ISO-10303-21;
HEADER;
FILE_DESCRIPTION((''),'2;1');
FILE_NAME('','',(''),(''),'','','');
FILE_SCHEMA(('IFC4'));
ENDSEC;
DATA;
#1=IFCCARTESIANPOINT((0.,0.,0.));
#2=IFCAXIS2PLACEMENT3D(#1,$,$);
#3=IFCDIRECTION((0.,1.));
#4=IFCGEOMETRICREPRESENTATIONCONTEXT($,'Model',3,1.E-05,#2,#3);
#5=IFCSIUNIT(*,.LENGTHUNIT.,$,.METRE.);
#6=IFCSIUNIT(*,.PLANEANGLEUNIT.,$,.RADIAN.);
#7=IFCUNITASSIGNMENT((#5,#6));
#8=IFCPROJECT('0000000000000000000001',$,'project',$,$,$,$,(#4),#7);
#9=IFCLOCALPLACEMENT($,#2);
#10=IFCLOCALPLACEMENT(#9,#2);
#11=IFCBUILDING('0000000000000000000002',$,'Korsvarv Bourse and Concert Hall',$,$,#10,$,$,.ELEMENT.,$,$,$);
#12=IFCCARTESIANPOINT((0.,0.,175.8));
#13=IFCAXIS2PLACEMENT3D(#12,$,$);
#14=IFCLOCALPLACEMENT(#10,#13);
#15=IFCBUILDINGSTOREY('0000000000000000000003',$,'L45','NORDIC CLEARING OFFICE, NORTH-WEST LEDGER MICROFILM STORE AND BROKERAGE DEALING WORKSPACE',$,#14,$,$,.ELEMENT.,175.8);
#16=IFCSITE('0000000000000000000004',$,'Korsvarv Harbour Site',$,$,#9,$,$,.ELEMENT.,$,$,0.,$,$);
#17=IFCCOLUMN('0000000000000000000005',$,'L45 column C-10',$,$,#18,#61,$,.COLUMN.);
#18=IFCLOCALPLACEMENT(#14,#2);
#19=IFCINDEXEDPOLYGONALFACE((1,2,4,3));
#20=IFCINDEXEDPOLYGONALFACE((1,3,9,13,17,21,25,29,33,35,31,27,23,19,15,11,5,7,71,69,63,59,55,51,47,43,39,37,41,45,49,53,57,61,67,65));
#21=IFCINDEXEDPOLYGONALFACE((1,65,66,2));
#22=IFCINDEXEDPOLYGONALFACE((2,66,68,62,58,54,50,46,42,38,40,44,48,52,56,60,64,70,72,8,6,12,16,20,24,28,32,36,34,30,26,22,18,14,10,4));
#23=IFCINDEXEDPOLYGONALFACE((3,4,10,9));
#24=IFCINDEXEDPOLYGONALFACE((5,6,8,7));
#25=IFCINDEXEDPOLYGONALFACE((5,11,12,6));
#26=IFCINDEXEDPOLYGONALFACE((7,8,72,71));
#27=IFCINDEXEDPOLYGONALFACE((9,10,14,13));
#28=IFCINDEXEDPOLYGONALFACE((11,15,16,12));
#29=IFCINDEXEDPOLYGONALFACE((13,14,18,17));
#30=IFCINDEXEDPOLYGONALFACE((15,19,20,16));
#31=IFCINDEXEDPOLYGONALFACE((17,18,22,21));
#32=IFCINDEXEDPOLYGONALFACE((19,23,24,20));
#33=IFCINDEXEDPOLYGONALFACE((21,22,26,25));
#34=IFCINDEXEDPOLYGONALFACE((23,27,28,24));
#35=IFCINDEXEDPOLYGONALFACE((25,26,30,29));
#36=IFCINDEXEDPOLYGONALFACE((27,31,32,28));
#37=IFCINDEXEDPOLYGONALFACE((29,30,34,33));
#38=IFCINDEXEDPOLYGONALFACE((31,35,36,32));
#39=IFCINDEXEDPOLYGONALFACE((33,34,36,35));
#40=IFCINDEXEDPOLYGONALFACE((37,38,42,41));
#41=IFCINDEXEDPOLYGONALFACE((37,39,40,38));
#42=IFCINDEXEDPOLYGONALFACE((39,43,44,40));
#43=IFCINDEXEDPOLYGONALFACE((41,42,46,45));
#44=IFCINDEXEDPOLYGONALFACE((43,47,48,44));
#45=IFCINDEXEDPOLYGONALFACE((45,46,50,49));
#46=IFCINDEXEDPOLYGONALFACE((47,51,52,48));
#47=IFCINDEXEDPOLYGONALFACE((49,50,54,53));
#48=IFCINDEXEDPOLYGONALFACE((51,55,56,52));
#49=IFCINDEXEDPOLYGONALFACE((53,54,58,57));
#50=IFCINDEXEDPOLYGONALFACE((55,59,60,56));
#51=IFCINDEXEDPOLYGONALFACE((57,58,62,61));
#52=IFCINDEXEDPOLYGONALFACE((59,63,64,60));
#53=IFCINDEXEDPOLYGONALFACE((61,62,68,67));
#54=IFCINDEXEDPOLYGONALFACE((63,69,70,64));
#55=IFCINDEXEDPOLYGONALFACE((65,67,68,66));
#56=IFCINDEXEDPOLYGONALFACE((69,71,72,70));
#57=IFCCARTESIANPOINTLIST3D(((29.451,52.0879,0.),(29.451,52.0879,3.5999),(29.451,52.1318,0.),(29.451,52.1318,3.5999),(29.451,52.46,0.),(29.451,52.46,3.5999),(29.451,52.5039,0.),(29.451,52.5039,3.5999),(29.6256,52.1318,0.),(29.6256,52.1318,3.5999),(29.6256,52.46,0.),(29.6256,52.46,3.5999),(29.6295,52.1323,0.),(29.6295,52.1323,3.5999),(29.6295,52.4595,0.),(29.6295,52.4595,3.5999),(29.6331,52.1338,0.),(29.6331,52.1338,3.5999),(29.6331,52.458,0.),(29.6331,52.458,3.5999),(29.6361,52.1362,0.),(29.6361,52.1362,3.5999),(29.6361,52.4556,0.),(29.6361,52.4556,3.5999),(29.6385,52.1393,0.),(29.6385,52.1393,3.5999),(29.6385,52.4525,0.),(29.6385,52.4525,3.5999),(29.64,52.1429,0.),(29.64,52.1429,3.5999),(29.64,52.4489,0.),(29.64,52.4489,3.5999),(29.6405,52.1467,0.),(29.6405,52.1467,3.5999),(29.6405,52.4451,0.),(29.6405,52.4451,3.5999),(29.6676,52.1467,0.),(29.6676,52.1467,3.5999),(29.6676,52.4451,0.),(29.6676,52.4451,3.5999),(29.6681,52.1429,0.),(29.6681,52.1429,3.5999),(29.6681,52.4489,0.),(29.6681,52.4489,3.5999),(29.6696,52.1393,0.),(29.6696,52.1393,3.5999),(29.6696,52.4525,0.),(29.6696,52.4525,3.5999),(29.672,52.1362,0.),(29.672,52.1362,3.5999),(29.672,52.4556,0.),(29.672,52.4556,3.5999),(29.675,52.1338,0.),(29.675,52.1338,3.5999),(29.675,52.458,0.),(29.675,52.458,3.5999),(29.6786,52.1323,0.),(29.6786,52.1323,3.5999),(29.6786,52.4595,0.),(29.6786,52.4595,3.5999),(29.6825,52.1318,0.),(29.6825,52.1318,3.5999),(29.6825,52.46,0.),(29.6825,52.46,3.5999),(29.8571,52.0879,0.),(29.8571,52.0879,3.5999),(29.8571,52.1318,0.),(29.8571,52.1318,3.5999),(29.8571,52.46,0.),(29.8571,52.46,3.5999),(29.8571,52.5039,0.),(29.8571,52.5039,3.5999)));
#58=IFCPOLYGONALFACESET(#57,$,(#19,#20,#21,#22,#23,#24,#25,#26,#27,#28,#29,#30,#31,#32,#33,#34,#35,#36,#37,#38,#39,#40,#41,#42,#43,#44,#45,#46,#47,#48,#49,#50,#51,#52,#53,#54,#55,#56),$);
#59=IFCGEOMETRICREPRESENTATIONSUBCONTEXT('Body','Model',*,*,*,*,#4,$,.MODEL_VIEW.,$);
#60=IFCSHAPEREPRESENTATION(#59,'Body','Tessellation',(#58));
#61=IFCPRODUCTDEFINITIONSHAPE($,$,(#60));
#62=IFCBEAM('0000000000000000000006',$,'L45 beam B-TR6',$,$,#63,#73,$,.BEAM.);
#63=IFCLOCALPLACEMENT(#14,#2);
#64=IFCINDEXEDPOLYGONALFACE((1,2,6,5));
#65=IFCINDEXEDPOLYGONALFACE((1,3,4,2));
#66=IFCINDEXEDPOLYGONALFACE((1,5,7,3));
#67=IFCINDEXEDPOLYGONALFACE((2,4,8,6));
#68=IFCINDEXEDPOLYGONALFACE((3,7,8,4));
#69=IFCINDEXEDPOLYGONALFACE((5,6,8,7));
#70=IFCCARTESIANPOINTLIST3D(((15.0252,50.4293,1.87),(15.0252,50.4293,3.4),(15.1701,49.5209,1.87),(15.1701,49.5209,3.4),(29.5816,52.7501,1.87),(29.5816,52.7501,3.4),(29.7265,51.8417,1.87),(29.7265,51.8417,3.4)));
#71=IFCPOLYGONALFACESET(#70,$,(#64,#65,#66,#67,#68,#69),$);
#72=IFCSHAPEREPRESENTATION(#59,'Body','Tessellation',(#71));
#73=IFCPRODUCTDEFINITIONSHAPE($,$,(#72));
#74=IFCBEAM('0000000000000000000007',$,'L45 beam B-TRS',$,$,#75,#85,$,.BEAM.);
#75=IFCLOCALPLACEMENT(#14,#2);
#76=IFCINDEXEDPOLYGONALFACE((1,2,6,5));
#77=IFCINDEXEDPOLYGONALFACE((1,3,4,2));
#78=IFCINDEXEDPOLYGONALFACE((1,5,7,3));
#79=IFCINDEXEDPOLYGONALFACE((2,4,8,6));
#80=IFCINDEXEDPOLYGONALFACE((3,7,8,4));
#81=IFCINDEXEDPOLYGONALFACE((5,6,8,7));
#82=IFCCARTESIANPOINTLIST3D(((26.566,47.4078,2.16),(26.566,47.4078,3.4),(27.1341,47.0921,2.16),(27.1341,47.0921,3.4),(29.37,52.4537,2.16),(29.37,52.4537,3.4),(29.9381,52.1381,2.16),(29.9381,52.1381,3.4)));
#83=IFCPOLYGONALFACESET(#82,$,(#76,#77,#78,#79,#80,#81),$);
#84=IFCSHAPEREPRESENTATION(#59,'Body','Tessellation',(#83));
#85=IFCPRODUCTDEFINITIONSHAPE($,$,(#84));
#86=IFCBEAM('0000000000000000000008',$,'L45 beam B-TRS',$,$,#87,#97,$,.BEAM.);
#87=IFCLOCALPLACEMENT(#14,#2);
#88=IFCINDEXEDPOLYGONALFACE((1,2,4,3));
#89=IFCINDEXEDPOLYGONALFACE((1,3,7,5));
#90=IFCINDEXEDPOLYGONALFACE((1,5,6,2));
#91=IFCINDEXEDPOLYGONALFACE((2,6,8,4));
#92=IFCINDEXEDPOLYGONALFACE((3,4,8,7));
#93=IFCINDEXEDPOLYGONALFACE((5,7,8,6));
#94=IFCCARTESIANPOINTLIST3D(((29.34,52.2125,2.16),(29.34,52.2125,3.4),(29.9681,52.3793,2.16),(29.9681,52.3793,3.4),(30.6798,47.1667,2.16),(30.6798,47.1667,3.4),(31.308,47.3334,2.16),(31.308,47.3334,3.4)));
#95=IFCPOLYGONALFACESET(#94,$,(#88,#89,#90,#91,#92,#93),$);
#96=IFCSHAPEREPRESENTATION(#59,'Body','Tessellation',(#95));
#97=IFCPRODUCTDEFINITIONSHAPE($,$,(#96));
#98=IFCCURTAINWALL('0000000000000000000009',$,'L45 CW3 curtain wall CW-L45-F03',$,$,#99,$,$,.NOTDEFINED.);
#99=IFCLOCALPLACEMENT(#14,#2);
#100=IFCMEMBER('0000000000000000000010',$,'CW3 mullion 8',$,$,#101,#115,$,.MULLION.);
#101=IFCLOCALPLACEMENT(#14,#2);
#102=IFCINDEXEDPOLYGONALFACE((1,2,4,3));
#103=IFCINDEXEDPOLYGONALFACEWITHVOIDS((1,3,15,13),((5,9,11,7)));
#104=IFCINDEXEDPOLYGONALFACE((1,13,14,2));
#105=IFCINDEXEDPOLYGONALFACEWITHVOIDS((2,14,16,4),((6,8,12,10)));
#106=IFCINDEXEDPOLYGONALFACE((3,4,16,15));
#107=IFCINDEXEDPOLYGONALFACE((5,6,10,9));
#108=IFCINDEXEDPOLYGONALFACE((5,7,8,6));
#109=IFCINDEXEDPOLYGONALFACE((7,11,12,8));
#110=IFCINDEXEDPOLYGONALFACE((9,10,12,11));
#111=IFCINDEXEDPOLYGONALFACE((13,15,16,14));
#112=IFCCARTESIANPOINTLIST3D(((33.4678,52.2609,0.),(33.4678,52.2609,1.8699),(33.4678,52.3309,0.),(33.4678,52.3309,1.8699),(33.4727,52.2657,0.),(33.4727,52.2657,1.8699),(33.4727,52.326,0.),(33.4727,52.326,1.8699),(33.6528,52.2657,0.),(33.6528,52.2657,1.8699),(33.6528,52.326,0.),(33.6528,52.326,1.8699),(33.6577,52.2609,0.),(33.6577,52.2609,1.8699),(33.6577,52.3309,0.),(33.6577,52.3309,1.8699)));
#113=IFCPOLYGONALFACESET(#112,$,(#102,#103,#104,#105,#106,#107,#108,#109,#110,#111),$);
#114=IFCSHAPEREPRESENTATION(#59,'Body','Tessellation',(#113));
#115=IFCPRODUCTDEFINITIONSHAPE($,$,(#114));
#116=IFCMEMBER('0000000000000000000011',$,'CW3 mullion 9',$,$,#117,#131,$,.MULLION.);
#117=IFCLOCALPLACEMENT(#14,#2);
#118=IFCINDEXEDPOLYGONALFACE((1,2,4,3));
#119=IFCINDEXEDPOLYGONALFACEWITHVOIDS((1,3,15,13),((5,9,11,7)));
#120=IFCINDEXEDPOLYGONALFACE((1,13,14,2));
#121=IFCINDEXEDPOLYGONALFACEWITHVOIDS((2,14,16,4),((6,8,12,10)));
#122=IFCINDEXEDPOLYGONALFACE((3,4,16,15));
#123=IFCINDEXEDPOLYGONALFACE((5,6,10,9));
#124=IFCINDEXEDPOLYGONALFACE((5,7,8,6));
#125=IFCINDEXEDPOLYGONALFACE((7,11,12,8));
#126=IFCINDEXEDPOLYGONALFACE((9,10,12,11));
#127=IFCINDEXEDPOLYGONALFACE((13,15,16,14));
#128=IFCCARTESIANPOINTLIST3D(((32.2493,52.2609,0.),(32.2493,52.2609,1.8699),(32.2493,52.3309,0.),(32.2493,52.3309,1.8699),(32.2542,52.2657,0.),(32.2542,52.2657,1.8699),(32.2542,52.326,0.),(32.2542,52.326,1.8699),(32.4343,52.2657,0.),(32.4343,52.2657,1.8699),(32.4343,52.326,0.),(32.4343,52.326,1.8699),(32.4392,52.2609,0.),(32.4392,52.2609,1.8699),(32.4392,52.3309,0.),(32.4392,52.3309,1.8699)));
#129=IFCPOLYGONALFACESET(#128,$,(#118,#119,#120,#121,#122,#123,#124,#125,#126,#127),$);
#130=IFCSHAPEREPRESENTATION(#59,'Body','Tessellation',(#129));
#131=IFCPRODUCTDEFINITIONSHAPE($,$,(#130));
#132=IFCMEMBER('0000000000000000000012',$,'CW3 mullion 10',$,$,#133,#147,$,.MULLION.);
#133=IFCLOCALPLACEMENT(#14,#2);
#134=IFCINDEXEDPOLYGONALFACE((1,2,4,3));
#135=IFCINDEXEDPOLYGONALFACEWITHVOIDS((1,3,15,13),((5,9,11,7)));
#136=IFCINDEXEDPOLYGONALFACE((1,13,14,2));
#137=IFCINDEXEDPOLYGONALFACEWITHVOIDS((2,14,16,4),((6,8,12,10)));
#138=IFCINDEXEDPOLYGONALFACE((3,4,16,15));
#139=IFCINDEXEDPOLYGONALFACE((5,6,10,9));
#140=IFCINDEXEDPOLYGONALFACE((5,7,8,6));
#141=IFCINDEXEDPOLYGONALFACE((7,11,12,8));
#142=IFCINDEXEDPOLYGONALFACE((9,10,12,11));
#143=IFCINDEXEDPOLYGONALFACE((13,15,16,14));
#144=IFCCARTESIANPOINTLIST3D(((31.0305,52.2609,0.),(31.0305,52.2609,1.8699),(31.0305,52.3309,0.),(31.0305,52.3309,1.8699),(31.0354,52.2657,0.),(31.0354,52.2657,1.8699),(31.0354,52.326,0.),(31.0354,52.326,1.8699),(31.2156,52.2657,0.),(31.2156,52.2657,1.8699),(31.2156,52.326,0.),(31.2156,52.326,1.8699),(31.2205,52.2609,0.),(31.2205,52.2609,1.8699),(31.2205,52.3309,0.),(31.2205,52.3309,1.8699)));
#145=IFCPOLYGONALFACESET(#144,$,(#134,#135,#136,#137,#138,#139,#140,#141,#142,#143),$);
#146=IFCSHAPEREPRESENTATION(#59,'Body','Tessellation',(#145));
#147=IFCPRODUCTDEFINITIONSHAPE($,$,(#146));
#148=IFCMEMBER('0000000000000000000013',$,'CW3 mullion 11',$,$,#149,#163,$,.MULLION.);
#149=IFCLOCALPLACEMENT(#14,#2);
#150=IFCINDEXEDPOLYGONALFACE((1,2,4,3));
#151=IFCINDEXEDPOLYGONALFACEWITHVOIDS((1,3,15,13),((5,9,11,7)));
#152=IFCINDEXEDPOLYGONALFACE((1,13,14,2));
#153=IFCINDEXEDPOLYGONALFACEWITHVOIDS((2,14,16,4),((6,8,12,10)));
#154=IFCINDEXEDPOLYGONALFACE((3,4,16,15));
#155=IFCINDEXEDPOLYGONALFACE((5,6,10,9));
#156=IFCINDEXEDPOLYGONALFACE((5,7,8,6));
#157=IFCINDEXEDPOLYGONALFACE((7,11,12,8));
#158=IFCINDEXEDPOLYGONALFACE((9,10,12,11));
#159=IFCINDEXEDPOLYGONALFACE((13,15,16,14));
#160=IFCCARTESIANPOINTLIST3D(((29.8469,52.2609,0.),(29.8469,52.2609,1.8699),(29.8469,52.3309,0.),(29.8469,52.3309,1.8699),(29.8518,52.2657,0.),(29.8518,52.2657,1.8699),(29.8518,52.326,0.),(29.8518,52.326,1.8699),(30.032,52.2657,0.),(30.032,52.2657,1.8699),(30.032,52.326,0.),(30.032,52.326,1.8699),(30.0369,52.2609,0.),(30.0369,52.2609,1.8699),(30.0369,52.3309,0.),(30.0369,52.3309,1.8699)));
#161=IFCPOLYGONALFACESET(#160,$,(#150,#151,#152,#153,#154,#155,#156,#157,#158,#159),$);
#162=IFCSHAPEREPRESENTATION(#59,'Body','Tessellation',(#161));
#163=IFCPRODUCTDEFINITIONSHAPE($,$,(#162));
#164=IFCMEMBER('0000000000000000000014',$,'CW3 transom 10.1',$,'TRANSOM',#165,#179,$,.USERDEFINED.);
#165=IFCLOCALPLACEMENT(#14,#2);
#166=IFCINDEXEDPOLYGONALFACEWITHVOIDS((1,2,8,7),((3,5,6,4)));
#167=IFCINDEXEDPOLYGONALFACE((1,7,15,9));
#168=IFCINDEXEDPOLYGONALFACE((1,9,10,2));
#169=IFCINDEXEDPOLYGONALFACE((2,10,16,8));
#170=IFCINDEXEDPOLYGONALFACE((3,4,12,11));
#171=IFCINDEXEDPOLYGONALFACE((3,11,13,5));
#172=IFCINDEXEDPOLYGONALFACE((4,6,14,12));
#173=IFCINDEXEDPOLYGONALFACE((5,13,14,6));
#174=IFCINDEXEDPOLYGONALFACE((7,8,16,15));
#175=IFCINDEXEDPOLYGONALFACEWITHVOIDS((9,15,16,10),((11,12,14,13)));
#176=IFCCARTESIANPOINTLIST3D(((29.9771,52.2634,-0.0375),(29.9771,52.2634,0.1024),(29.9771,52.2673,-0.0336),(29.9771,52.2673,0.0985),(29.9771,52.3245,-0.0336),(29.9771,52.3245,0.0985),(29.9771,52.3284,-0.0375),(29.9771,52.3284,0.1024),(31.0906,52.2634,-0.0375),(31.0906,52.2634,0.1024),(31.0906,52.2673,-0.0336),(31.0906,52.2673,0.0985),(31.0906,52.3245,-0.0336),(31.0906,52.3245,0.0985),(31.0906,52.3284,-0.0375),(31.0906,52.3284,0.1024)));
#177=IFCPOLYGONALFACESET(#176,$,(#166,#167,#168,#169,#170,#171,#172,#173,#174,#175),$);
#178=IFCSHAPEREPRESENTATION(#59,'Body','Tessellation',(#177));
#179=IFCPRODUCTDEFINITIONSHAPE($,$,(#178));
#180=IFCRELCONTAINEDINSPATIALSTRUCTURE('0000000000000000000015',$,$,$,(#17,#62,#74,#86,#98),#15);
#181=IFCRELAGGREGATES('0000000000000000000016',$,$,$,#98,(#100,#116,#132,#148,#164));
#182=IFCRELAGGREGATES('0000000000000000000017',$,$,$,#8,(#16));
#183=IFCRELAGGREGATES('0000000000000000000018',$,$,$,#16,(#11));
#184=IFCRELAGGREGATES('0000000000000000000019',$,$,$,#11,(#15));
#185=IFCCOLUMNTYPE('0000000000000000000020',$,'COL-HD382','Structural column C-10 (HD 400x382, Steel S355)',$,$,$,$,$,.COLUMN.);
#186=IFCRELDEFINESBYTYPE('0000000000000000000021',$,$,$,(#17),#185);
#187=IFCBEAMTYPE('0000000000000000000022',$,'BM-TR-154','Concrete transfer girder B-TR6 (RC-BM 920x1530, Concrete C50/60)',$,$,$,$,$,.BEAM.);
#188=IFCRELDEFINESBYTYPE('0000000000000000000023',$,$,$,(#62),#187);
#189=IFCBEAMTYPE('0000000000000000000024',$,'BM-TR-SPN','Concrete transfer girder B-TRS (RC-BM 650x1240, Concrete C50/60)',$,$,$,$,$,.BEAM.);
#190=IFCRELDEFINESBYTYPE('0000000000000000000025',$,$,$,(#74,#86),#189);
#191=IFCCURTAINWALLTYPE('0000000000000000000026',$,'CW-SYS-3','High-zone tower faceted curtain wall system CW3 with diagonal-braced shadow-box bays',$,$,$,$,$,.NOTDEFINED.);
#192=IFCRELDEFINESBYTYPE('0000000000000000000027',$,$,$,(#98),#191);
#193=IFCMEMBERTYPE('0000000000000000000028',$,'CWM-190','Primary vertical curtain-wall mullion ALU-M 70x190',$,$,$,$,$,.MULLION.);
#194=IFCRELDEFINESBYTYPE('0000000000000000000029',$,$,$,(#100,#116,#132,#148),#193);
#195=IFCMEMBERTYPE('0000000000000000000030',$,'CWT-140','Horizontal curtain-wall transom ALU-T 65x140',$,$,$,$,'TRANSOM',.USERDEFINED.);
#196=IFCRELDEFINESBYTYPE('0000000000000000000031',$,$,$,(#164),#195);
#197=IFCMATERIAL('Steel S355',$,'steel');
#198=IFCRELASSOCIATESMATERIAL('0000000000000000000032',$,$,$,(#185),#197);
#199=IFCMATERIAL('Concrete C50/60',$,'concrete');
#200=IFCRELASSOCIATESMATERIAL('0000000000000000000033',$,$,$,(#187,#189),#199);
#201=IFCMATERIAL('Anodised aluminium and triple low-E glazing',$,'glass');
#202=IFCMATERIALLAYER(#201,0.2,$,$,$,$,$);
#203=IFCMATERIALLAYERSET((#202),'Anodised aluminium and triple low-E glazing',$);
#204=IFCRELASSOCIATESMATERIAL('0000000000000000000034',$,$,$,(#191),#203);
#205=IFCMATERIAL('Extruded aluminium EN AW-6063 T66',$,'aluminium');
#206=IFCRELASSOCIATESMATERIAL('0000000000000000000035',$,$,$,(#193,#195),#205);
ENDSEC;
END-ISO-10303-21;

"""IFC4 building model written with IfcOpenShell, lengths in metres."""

from ifc_helpers import new_model, si_unit, direction, frame, origin, origin_2d, place, context, subcontext, project, spatial, rectangle, hollow_rectangle, i_section, extrude, source, transform, mapped, material, layer, layer_set, material_profile, profile_set, type_object, element, aggregate, save


model = new_model("IFC4")

# Units and contexts
model_context = context("Model", 3, precision=1e-05, world=origin(), true_north=direction((0.0, 1.0)))
body_context = subcontext(model_context, "Body", "Model", "MODEL_VIEW")
ifc_project = project(units=[si_unit("LENGTHUNIT", "METRE"), si_unit("PLANEANGLEUNIT", "RADIAN")], contexts=[model_context])

# Site, building, storey
site_placement = place(None, origin())
site = spatial("IfcSite", under=ifc_project, at=site_placement, Name="Korsvarv Harbour Site", CompositionType="ELEMENT", RefElevation=0.0)
building_placement = place(site_placement, origin())
building = spatial("IfcBuilding", under=site, at=building_placement, Name="Korsvarv Bourse and Concert Hall", CompositionType="ELEMENT")
storey_placement = place(building_placement, frame((0.0, 0.0, 175.8)))
storey = spatial("IfcBuildingStorey", under=building, at=storey_placement, Name="L45", Description="NORDIC CLEARING OFFICE, NORTH-WEST LEDGER MICROFILM STORE AND BROKERAGE DEALING WORKSPACE", CompositionType="ELEMENT", Elevation=175.8)

# Column
ifc_material_1 = material(Name="Steel S355", Category="steel")
ifc_material_profile_1 = material_profile(ifc_material_1, i_section(OverallWidth=0.406, OverallDepth=0.416, WebThickness=0.0271, FlangeThickness=0.0439, FilletRadius=0.0149, at=origin_2d()), Name="HD 400x382")
ifc_profile_set_1 = profile_set([ifc_material_profile_1], Name="Steel S355")
column_type = type_object("IfcColumnType", Name="COL-HD382", Description="Structural column C-10 (HD 400x382, Steel S355)", PredefinedType="COLUMN", material=ifc_profile_set_1)
shared_shape_1 = source(origin(), body_context, "Body", "SweptSolid", [
    extrude(i_section(OverallWidth=0.406, OverallDepth=0.416, WebThickness=0.0271, FlangeThickness=0.0439, FilletRadius=0.0149, at=origin_2d()), origin(), (0.0, 0.0, 1.0), 3.5999),
])
column_placement = place(storey_placement, frame((29.6541, 52.2959, 0.0), z_axis=(0.0, 0.0, 1.0), x_axis=(1.0, 0.0, 0.0)))
element("IfcColumn", 1, at=column_placement, inside=storey, type_object=column_type, Name="L45 column C-10", PredefinedType="COLUMN", context=body_context, shape_type="MappedRepresentation", body=[
    mapped(shared_shape_1, transform((0.0, 0.0, 0.0), scale=1.0)),
])

# Beams
ifc_material_2 = material(Name="Concrete C50/60", Category="concrete")
ifc_material_profile_2 = material_profile(ifc_material_2, rectangle(XDim=0.9199, YDim=1.53, at=origin_2d()), Name="RC-BM 920x1530")
ifc_profile_set_2 = profile_set([ifc_material_profile_2], Name="Concrete C50/60")
beam_type_1 = type_object("IfcBeamType", Name="BM-TR-154", Description="Concrete transfer girder B-TR6 (RC-BM 920x1530, Concrete C50/60)", PredefinedType="BEAM", material=ifc_profile_set_2)
shared_shape_2 = source(origin(), body_context, "Body", "SweptSolid", [
    extrude(rectangle(XDim=0.9199, YDim=1.53, at=origin_2d()), origin(), (0.0, 0.0, 1.0), 14.7402),
])
beam_1_placement = place(storey_placement, frame((29.6541, 52.2959, 2.635), z_axis=(-0.987528, -0.157447, 0.0), x_axis=(0.157447, -0.987528, 0.0)))
element("IfcBeam", 2, at=beam_1_placement, inside=storey, type_object=beam_type_1, Name="L45 beam B-TR6", PredefinedType="BEAM", context=body_context, shape_type="MappedRepresentation", body=[
    mapped(shared_shape_2, transform((0.0, 0.0, 0.0), scale=1.0)),
])
ifc_material_profile_3 = material_profile(ifc_material_2, rectangle(XDim=0.6499, YDim=1.24, at=origin_2d()), Name="RC-BM 650x1240")
ifc_profile_set_3 = profile_set([ifc_material_profile_3], Name="Concrete C50/60")
beam_type_2 = type_object("IfcBeamType", Name="BM-TR-SPN", Description="Concrete transfer girder B-TRS (RC-BM 650x1240, Concrete C50/60)", PredefinedType="BEAM", material=ifc_profile_set_3)
shared_shape_3 = source(origin(), body_context, "Body", "SweptSolid", [
    extrude(rectangle(XDim=0.6499, YDim=1.24, at=origin_2d()), origin(), (0.0, 0.0, 1.0), 5.7727),
])
beam_2_placement = place(storey_placement, frame((29.6541, 52.2959, 2.78), z_axis=(-0.485733, -0.874107, 0.0), x_axis=(0.874107, -0.485733, 0.0)))
element("IfcBeam", 3, at=beam_2_placement, inside=storey, type_object=beam_type_2, Name="L45 beam B-TRS", PredefinedType="BEAM", context=body_context, shape_type="MappedRepresentation", body=[
    mapped(shared_shape_3, transform((0.0, 0.0, 0.0), scale=1.0)),
])
shared_shape_4 = source(origin(), body_context, "Body", "SweptSolid", [
    extrude(rectangle(XDim=0.6499, YDim=1.24, at=origin_2d()), origin(), (0.0, 0.0, 1.0), 5.2207),
])
beam_3_placement = place(storey_placement, frame((29.6541, 52.2959, 2.78), z_axis=(0.256638, -0.966508, 0.0), x_axis=(0.966508, 0.256638, 0.0)))
element("IfcBeam", 4, at=beam_3_placement, inside=storey, type_object=beam_type_2, Name="L45 beam B-TRS", PredefinedType="BEAM", context=body_context, shape_type="MappedRepresentation", body=[
    mapped(shared_shape_4, transform((0.0, 0.0, 0.0), scale=1.0)),
])

# Curtain wall, members
ifc_material_3 = material(Name="Anodised aluminium and triple low-E glazing", Category="glass")
ifc_layer_1 = layer(ifc_material_3, 0.2)
ifc_layer_set_1 = layer_set([ifc_layer_1], Name="Anodised aluminium and triple low-E glazing")
curtain_wall_type = type_object("IfcCurtainWallType", Name="CW-SYS-3", Description="High-zone tower faceted curtain wall system CW3 with diagonal-braced shadow-box bays", PredefinedType="NOTDEFINED", material=ifc_layer_set_1)
curtain_wall_placement = place(storey_placement, origin())
curtain_wall = element("IfcCurtainWall", 5, at=curtain_wall_placement, inside=storey, type_object=curtain_wall_type, Name="L45 CW3 curtain wall CW-L45-F03", PredefinedType="NOTDEFINED")
ifc_material_4 = material(Name="Extruded aluminium EN AW-6063 T66", Category="aluminium")
ifc_material_profile_4 = material_profile(ifc_material_4, hollow_rectangle(XDim=0.0701, YDim=0.1899, WallThickness=0.0049, at=origin_2d()), Name="ALU-M 70x190")
ifc_profile_set_4 = profile_set([ifc_material_profile_4], Name="Extruded aluminium EN AW-6063 T66")
member_type_1 = type_object("IfcMemberType", Name="CWM-190", Description="Primary vertical curtain-wall mullion ALU-M 70x190", PredefinedType="MULLION", material=ifc_profile_set_4)
shared_shape_5 = source(origin(), body_context, "Body", "SweptSolid", [
    extrude(hollow_rectangle(XDim=0.0701, YDim=0.1899, WallThickness=0.0049, at=origin_2d()), origin(), (0.0, 0.0, 1.0), 1.8699),
])
member_1_placement = place(storey_placement, frame((33.5627, 52.2959, 0.0), z_axis=(0.0, 0.0, 1.0), x_axis=(0.0, -1.0, 0.0)))
member_1 = element("IfcMember", 6, at=member_1_placement, type_object=member_type_1, Name="CW3 mullion 8", PredefinedType="MULLION", context=body_context, shape_type="MappedRepresentation", body=[
    mapped(shared_shape_5, transform((0.0, 0.0, 0.0), scale=1.0)),
])
member_2_placement = place(storey_placement, frame((32.3442, 52.2959, 0.0), z_axis=(0.0, 0.0, 1.0), x_axis=(0.0, -1.0, 0.0)))
member_2 = element("IfcMember", 7, at=member_2_placement, type_object=member_type_1, Name="CW3 mullion 9", PredefinedType="MULLION", context=body_context, shape_type="MappedRepresentation", body=[
    mapped(shared_shape_5, transform((0.0, 0.0, 0.0), scale=1.0)),
])
member_3_placement = place(storey_placement, frame((31.1255, 52.2959, 0.0), z_axis=(0.0, 0.0, 1.0), x_axis=(0.0, -1.0, 0.0)))
member_3 = element("IfcMember", 8, at=member_3_placement, type_object=member_type_1, Name="CW3 mullion 10", PredefinedType="MULLION", context=body_context, shape_type="MappedRepresentation", body=[
    mapped(shared_shape_5, transform((0.0, 0.0, 0.0), scale=1.0)),
])
member_4_placement = place(storey_placement, frame((29.9419, 52.2959, 0.0), z_axis=(0.0, 0.0, 1.0), x_axis=(0.0, -1.0, 0.0)))
member_4 = element("IfcMember", 9, at=member_4_placement, type_object=member_type_1, Name="CW3 mullion 11", PredefinedType="MULLION", context=body_context, shape_type="MappedRepresentation", body=[
    mapped(shared_shape_5, transform((0.0, 0.0, 0.0), scale=1.0)),
])
ifc_material_profile_5 = material_profile(ifc_material_4, hollow_rectangle(XDim=0.0649, YDim=0.1399, WallThickness=0.0039, at=origin_2d()), Name="ALU-T 65x140")
ifc_profile_set_5 = profile_set([ifc_material_profile_5], Name="Extruded aluminium EN AW-6063 T66")
member_type_2 = type_object("IfcMemberType", Name="CWT-140", Description="Horizontal curtain-wall transom ALU-T 65x140", ElementType="TRANSOM", PredefinedType="USERDEFINED", material=ifc_profile_set_5)
shared_shape_6 = source(origin(), body_context, "Body", "SweptSolid", [
    extrude(hollow_rectangle(XDim=0.0649, YDim=0.1399, WallThickness=0.0039, at=origin_2d()), origin(), (0.0, 0.0, 1.0), 1.1135),
])
member_5_placement = place(storey_placement, frame((31.0906, 52.2959, 0.0325), z_axis=(-1.0, 0.0, 0.0), x_axis=(0.0, -1.0, 0.0)))
member_5 = element("IfcMember", 10, at=member_5_placement, type_object=member_type_2, Name="CW3 transom 10.1", ObjectType="TRANSOM", PredefinedType="USERDEFINED", context=body_context, shape_type="MappedRepresentation", body=[
    mapped(shared_shape_6, transform((0.0, 0.0, 0.0), scale=1.0)),
])
aggregate(curtain_wall, [member_1, member_2, member_3, member_4, member_5])

save(model, "model.ifc")
